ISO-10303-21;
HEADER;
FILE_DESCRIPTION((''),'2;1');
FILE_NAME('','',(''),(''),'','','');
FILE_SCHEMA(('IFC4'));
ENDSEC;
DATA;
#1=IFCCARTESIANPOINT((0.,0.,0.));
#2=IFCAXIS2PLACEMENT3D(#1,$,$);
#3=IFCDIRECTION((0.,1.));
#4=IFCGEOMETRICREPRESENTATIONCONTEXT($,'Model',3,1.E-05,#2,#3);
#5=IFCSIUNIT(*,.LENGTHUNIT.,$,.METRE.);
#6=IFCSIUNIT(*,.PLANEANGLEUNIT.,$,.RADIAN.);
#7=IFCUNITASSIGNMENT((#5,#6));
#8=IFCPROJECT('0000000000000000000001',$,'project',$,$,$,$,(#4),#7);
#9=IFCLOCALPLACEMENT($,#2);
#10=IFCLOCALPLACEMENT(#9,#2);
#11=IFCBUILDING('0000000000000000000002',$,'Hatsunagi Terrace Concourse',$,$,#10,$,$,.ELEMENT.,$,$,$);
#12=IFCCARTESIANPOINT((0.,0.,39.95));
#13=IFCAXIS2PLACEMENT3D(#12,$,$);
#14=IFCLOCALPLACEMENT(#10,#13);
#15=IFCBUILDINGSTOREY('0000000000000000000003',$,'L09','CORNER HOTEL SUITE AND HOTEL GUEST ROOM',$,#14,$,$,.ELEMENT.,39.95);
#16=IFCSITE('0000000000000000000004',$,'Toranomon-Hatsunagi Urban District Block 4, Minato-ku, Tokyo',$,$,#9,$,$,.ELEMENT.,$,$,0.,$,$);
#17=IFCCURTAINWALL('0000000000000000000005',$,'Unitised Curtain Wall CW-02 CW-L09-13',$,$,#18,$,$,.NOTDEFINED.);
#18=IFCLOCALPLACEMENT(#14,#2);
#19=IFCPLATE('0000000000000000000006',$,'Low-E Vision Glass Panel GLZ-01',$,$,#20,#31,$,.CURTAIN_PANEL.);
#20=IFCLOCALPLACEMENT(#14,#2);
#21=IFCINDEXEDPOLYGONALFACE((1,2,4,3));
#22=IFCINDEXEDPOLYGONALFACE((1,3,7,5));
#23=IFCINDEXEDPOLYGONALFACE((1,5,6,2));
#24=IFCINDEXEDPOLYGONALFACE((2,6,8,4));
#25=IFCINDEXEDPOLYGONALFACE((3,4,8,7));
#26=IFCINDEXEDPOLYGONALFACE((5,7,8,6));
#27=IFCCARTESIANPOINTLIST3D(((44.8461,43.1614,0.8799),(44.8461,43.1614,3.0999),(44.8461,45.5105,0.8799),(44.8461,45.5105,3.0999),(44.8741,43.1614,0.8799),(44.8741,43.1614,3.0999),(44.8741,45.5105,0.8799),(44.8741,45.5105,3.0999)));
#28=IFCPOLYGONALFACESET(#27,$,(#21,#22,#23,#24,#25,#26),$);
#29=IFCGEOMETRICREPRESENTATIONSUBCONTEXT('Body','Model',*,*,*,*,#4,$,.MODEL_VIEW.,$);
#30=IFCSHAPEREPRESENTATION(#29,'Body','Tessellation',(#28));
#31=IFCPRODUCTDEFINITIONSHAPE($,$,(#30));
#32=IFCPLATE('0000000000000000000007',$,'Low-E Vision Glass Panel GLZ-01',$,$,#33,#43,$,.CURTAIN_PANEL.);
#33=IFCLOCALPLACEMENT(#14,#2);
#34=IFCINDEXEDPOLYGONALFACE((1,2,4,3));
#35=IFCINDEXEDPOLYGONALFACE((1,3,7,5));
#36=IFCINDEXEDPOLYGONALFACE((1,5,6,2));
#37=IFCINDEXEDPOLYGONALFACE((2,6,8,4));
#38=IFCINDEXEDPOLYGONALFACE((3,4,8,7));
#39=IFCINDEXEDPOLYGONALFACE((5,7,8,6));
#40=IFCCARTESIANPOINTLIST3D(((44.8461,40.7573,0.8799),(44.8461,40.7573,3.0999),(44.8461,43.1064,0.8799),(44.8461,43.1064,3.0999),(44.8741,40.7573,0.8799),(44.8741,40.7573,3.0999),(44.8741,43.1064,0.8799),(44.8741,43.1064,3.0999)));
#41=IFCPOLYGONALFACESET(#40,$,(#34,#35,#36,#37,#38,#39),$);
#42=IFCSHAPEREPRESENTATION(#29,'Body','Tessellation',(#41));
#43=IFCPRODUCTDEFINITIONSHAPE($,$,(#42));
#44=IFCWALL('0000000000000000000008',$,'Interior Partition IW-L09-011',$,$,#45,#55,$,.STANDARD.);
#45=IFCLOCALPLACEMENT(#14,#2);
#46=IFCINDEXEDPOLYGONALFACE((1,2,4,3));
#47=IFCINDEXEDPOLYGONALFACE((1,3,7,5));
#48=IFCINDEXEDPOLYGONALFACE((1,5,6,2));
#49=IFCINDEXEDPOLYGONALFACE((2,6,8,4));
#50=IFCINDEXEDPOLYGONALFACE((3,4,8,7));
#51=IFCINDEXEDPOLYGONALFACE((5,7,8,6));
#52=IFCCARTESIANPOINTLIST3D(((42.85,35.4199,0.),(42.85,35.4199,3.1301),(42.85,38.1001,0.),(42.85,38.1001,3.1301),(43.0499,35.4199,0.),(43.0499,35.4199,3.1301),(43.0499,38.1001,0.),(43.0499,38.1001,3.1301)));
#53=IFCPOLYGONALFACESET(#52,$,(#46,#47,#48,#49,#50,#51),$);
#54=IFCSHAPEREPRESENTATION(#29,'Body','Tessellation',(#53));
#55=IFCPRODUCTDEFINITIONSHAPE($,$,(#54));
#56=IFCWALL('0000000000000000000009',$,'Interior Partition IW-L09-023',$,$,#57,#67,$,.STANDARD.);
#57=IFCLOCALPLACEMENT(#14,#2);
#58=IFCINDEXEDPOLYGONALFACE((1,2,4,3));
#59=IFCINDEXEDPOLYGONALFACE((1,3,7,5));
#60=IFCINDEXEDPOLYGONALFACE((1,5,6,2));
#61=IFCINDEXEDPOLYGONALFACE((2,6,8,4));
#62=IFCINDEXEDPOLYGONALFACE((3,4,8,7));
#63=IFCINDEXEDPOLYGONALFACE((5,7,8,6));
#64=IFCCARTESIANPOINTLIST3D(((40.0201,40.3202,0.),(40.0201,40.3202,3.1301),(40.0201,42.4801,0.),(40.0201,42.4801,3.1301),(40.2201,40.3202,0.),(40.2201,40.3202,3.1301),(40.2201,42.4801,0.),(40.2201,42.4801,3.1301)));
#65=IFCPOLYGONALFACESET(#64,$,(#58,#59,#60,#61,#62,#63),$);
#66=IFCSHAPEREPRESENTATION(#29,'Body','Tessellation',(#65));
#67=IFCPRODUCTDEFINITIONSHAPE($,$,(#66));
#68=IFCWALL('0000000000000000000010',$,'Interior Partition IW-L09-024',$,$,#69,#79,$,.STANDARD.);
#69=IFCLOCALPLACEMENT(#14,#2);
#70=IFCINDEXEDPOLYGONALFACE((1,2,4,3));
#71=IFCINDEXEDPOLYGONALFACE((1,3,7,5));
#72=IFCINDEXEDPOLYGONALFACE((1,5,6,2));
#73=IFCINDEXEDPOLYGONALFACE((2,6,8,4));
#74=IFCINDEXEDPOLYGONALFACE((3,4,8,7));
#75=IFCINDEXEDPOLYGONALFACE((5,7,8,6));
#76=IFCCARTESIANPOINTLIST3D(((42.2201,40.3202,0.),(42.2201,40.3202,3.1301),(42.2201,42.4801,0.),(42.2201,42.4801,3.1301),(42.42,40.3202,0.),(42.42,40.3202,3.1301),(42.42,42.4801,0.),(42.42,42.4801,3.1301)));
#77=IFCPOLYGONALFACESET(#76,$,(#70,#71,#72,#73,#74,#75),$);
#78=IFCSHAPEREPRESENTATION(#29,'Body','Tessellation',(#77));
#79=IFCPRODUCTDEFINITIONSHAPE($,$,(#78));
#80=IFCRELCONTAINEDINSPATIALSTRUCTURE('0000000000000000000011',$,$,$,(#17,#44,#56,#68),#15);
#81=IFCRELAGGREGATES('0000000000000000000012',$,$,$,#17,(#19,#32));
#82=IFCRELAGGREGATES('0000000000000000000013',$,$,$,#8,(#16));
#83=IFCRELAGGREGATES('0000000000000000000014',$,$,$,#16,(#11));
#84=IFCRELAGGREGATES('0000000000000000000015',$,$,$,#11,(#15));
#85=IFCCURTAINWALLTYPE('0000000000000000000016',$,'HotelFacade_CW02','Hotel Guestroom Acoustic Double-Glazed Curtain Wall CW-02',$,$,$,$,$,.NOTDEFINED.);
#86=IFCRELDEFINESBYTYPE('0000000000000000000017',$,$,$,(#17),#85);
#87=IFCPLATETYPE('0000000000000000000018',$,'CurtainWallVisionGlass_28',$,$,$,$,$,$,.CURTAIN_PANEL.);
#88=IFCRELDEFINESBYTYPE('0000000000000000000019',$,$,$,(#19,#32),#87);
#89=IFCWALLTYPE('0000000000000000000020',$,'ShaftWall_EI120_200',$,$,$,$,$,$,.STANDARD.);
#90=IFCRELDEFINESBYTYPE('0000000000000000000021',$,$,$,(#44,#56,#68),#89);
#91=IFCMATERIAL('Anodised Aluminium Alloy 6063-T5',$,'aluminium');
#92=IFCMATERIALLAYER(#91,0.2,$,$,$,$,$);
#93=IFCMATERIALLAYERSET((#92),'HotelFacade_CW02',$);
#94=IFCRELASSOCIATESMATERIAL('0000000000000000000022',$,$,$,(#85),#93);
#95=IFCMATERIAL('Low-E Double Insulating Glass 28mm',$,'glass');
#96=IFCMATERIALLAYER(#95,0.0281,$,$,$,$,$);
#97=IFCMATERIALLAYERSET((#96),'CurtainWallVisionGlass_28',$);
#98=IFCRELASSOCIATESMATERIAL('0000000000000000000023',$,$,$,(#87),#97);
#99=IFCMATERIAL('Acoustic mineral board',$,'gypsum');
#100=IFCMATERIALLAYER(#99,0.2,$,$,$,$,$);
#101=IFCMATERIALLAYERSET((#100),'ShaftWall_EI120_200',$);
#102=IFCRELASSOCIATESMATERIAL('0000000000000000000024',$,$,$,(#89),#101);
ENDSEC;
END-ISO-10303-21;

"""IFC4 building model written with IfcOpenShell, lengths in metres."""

from ifc_helpers import new_model, si_unit, direction, frame, frame_2d, origin, origin_2d, place, context, subcontext, project, spatial, rectangle, extrude, material, layer, layer_set, type_object, element, aggregate, save


model = new_model("IFC4")

# Units and contexts
model_context = context("Model", 3, precision=1e-05, world=origin(), true_north=direction((0.0, 1.0)))
body_context = subcontext(model_context, "Body", "Model", "MODEL_VIEW")
ifc_project = project(units=[si_unit("LENGTHUNIT", "METRE"), si_unit("PLANEANGLEUNIT", "RADIAN")], contexts=[model_context])

# Site, building, storey
site_placement = place(None, origin())
site = spatial("IfcSite", under=ifc_project, at=site_placement, Name="Toranomon-Hatsunagi Urban District Block 4, Minato-ku, Tokyo", CompositionType="ELEMENT", RefElevation=0.0)
building_placement = place(site_placement, origin())
building = spatial("IfcBuilding", under=site, at=building_placement, Name="Hatsunagi Terrace Concourse", CompositionType="ELEMENT")
storey_placement = place(building_placement, frame((0.0, 0.0, 39.95)))
storey = spatial("IfcBuildingStorey", under=building, at=storey_placement, Name="L09", Description="CORNER HOTEL SUITE AND HOTEL GUEST ROOM", CompositionType="ELEMENT", Elevation=39.95)

# Curtain wall
ifc_material_1 = material(Name="Anodised Aluminium Alloy 6063-T5", Category="aluminium")
ifc_layer_1 = layer(ifc_material_1, 0.2)
ifc_layer_set_1 = layer_set([ifc_layer_1], Name="HotelFacade_CW02")
curtain_wall_type = type_object("IfcCurtainWallType", Name="HotelFacade_CW02", Description="Hotel Guestroom Acoustic Double-Glazed Curtain Wall CW-02", PredefinedType="NOTDEFINED", material=ifc_layer_set_1)
curtain_wall_placement = place(storey_placement, origin())
curtain_wall = element("IfcCurtainWall", 1, at=curtain_wall_placement, inside=storey, type_object=curtain_wall_type, Name="Unitised Curtain Wall CW-02 CW-L09-13", PredefinedType="NOTDEFINED")

# Plates
ifc_material_2 = material(Name="Low-E Double Insulating Glass 28mm", Category="glass")
ifc_layer_2 = layer(ifc_material_2, 0.0281)
ifc_layer_set_2 = layer_set([ifc_layer_2], Name="CurtainWallVisionGlass_28")
plate_type_1 = type_object("IfcPlateType", Name="CurtainWallVisionGlass_28", PredefinedType="CURTAIN_PANEL", material=ifc_layer_set_2)
plate_1_placement = place(storey_placement, frame((44.8601, 44.3359, 0.8799), z_axis=(0.0, 0.0, 1.0), x_axis=(0.0, -1.0, 0.0)))
plate_1 = element("IfcPlate", 2, at=plate_1_placement, type_object=plate_type_1, Name="Low-E Vision Glass Panel GLZ-01", PredefinedType="CURTAIN_PANEL", context=body_context, shape_type="SweptSolid", body=[
    extrude(rectangle(XDim=2.3491, YDim=0.0281, at=origin_2d()), origin(), (0.0, 0.0, 1.0), 2.22),
])
plate_2_placement = place(storey_placement, frame((44.8601, 41.9319, 0.8799), z_axis=(0.0, 0.0, 1.0), x_axis=(0.0, -1.0, 0.0)))
plate_2 = element("IfcPlate", 3, at=plate_2_placement, type_object=plate_type_1, Name="Low-E Vision Glass Panel GLZ-01", PredefinedType="CURTAIN_PANEL", context=body_context, shape_type="SweptSolid", body=[
    extrude(rectangle(XDim=2.3491, YDim=0.0281, at=origin_2d()), origin(), (0.0, 0.0, 1.0), 2.22),
])
aggregate(curtain_wall, [plate_1, plate_2])

# Walls
ifc_material_3 = material(Name="Acoustic mineral board", Category="gypsum")
ifc_layer_3 = layer(ifc_material_3, 0.2)
ifc_layer_set_3 = layer_set([ifc_layer_3], Name="ShaftWall_EI120_200")
wall_type_1 = type_object("IfcWallType", Name="ShaftWall_EI120_200", PredefinedType="STANDARD", material=ifc_layer_set_3)
wall_1_placement = place(storey_placement, frame((42.95, 35.4199, 0.0), z_axis=(0.0, 0.0, 1.0), x_axis=(0.0, 1.0, 0.0)))
element("IfcWall", 4, at=wall_1_placement, inside=storey, type_object=wall_type_1, Name="Interior Partition IW-L09-011", PredefinedType="STANDARD", context=body_context, shape_type="SweptSolid", body=[
    extrude(rectangle(XDim=2.6802, YDim=0.2, at=frame_2d((1.3401, 0.0))), origin(), (0.0, 0.0, 1.0), 3.1301),
])
for number, where, z_axis, x_axis, name in (
    (5, (40.1201, 40.3201, 0.0), (0.0, 0.0, 1.0), (0.0, 1.0, 0.0), "Interior Partition IW-L09-023"),
    (6, (42.3201, 40.3201, 0.0), (0.0, 0.0, 1.0), (0.0, 1.0, 0.0), "Interior Partition IW-L09-024"),
):
    element("IfcWall", number, at=place(storey_placement, frame(where, z_axis=z_axis, x_axis=x_axis)), inside=storey, type_object=wall_type_1, Name=name, PredefinedType="STANDARD", context=body_context, shape_type="SweptSolid", body=[
        extrude(rectangle(XDim=2.1599, YDim=0.2, at=frame_2d((1.0801, 0.0))), origin(), (0.0, 0.0, 1.0), 3.1301),
    ])

save(model, "model.ifc")
